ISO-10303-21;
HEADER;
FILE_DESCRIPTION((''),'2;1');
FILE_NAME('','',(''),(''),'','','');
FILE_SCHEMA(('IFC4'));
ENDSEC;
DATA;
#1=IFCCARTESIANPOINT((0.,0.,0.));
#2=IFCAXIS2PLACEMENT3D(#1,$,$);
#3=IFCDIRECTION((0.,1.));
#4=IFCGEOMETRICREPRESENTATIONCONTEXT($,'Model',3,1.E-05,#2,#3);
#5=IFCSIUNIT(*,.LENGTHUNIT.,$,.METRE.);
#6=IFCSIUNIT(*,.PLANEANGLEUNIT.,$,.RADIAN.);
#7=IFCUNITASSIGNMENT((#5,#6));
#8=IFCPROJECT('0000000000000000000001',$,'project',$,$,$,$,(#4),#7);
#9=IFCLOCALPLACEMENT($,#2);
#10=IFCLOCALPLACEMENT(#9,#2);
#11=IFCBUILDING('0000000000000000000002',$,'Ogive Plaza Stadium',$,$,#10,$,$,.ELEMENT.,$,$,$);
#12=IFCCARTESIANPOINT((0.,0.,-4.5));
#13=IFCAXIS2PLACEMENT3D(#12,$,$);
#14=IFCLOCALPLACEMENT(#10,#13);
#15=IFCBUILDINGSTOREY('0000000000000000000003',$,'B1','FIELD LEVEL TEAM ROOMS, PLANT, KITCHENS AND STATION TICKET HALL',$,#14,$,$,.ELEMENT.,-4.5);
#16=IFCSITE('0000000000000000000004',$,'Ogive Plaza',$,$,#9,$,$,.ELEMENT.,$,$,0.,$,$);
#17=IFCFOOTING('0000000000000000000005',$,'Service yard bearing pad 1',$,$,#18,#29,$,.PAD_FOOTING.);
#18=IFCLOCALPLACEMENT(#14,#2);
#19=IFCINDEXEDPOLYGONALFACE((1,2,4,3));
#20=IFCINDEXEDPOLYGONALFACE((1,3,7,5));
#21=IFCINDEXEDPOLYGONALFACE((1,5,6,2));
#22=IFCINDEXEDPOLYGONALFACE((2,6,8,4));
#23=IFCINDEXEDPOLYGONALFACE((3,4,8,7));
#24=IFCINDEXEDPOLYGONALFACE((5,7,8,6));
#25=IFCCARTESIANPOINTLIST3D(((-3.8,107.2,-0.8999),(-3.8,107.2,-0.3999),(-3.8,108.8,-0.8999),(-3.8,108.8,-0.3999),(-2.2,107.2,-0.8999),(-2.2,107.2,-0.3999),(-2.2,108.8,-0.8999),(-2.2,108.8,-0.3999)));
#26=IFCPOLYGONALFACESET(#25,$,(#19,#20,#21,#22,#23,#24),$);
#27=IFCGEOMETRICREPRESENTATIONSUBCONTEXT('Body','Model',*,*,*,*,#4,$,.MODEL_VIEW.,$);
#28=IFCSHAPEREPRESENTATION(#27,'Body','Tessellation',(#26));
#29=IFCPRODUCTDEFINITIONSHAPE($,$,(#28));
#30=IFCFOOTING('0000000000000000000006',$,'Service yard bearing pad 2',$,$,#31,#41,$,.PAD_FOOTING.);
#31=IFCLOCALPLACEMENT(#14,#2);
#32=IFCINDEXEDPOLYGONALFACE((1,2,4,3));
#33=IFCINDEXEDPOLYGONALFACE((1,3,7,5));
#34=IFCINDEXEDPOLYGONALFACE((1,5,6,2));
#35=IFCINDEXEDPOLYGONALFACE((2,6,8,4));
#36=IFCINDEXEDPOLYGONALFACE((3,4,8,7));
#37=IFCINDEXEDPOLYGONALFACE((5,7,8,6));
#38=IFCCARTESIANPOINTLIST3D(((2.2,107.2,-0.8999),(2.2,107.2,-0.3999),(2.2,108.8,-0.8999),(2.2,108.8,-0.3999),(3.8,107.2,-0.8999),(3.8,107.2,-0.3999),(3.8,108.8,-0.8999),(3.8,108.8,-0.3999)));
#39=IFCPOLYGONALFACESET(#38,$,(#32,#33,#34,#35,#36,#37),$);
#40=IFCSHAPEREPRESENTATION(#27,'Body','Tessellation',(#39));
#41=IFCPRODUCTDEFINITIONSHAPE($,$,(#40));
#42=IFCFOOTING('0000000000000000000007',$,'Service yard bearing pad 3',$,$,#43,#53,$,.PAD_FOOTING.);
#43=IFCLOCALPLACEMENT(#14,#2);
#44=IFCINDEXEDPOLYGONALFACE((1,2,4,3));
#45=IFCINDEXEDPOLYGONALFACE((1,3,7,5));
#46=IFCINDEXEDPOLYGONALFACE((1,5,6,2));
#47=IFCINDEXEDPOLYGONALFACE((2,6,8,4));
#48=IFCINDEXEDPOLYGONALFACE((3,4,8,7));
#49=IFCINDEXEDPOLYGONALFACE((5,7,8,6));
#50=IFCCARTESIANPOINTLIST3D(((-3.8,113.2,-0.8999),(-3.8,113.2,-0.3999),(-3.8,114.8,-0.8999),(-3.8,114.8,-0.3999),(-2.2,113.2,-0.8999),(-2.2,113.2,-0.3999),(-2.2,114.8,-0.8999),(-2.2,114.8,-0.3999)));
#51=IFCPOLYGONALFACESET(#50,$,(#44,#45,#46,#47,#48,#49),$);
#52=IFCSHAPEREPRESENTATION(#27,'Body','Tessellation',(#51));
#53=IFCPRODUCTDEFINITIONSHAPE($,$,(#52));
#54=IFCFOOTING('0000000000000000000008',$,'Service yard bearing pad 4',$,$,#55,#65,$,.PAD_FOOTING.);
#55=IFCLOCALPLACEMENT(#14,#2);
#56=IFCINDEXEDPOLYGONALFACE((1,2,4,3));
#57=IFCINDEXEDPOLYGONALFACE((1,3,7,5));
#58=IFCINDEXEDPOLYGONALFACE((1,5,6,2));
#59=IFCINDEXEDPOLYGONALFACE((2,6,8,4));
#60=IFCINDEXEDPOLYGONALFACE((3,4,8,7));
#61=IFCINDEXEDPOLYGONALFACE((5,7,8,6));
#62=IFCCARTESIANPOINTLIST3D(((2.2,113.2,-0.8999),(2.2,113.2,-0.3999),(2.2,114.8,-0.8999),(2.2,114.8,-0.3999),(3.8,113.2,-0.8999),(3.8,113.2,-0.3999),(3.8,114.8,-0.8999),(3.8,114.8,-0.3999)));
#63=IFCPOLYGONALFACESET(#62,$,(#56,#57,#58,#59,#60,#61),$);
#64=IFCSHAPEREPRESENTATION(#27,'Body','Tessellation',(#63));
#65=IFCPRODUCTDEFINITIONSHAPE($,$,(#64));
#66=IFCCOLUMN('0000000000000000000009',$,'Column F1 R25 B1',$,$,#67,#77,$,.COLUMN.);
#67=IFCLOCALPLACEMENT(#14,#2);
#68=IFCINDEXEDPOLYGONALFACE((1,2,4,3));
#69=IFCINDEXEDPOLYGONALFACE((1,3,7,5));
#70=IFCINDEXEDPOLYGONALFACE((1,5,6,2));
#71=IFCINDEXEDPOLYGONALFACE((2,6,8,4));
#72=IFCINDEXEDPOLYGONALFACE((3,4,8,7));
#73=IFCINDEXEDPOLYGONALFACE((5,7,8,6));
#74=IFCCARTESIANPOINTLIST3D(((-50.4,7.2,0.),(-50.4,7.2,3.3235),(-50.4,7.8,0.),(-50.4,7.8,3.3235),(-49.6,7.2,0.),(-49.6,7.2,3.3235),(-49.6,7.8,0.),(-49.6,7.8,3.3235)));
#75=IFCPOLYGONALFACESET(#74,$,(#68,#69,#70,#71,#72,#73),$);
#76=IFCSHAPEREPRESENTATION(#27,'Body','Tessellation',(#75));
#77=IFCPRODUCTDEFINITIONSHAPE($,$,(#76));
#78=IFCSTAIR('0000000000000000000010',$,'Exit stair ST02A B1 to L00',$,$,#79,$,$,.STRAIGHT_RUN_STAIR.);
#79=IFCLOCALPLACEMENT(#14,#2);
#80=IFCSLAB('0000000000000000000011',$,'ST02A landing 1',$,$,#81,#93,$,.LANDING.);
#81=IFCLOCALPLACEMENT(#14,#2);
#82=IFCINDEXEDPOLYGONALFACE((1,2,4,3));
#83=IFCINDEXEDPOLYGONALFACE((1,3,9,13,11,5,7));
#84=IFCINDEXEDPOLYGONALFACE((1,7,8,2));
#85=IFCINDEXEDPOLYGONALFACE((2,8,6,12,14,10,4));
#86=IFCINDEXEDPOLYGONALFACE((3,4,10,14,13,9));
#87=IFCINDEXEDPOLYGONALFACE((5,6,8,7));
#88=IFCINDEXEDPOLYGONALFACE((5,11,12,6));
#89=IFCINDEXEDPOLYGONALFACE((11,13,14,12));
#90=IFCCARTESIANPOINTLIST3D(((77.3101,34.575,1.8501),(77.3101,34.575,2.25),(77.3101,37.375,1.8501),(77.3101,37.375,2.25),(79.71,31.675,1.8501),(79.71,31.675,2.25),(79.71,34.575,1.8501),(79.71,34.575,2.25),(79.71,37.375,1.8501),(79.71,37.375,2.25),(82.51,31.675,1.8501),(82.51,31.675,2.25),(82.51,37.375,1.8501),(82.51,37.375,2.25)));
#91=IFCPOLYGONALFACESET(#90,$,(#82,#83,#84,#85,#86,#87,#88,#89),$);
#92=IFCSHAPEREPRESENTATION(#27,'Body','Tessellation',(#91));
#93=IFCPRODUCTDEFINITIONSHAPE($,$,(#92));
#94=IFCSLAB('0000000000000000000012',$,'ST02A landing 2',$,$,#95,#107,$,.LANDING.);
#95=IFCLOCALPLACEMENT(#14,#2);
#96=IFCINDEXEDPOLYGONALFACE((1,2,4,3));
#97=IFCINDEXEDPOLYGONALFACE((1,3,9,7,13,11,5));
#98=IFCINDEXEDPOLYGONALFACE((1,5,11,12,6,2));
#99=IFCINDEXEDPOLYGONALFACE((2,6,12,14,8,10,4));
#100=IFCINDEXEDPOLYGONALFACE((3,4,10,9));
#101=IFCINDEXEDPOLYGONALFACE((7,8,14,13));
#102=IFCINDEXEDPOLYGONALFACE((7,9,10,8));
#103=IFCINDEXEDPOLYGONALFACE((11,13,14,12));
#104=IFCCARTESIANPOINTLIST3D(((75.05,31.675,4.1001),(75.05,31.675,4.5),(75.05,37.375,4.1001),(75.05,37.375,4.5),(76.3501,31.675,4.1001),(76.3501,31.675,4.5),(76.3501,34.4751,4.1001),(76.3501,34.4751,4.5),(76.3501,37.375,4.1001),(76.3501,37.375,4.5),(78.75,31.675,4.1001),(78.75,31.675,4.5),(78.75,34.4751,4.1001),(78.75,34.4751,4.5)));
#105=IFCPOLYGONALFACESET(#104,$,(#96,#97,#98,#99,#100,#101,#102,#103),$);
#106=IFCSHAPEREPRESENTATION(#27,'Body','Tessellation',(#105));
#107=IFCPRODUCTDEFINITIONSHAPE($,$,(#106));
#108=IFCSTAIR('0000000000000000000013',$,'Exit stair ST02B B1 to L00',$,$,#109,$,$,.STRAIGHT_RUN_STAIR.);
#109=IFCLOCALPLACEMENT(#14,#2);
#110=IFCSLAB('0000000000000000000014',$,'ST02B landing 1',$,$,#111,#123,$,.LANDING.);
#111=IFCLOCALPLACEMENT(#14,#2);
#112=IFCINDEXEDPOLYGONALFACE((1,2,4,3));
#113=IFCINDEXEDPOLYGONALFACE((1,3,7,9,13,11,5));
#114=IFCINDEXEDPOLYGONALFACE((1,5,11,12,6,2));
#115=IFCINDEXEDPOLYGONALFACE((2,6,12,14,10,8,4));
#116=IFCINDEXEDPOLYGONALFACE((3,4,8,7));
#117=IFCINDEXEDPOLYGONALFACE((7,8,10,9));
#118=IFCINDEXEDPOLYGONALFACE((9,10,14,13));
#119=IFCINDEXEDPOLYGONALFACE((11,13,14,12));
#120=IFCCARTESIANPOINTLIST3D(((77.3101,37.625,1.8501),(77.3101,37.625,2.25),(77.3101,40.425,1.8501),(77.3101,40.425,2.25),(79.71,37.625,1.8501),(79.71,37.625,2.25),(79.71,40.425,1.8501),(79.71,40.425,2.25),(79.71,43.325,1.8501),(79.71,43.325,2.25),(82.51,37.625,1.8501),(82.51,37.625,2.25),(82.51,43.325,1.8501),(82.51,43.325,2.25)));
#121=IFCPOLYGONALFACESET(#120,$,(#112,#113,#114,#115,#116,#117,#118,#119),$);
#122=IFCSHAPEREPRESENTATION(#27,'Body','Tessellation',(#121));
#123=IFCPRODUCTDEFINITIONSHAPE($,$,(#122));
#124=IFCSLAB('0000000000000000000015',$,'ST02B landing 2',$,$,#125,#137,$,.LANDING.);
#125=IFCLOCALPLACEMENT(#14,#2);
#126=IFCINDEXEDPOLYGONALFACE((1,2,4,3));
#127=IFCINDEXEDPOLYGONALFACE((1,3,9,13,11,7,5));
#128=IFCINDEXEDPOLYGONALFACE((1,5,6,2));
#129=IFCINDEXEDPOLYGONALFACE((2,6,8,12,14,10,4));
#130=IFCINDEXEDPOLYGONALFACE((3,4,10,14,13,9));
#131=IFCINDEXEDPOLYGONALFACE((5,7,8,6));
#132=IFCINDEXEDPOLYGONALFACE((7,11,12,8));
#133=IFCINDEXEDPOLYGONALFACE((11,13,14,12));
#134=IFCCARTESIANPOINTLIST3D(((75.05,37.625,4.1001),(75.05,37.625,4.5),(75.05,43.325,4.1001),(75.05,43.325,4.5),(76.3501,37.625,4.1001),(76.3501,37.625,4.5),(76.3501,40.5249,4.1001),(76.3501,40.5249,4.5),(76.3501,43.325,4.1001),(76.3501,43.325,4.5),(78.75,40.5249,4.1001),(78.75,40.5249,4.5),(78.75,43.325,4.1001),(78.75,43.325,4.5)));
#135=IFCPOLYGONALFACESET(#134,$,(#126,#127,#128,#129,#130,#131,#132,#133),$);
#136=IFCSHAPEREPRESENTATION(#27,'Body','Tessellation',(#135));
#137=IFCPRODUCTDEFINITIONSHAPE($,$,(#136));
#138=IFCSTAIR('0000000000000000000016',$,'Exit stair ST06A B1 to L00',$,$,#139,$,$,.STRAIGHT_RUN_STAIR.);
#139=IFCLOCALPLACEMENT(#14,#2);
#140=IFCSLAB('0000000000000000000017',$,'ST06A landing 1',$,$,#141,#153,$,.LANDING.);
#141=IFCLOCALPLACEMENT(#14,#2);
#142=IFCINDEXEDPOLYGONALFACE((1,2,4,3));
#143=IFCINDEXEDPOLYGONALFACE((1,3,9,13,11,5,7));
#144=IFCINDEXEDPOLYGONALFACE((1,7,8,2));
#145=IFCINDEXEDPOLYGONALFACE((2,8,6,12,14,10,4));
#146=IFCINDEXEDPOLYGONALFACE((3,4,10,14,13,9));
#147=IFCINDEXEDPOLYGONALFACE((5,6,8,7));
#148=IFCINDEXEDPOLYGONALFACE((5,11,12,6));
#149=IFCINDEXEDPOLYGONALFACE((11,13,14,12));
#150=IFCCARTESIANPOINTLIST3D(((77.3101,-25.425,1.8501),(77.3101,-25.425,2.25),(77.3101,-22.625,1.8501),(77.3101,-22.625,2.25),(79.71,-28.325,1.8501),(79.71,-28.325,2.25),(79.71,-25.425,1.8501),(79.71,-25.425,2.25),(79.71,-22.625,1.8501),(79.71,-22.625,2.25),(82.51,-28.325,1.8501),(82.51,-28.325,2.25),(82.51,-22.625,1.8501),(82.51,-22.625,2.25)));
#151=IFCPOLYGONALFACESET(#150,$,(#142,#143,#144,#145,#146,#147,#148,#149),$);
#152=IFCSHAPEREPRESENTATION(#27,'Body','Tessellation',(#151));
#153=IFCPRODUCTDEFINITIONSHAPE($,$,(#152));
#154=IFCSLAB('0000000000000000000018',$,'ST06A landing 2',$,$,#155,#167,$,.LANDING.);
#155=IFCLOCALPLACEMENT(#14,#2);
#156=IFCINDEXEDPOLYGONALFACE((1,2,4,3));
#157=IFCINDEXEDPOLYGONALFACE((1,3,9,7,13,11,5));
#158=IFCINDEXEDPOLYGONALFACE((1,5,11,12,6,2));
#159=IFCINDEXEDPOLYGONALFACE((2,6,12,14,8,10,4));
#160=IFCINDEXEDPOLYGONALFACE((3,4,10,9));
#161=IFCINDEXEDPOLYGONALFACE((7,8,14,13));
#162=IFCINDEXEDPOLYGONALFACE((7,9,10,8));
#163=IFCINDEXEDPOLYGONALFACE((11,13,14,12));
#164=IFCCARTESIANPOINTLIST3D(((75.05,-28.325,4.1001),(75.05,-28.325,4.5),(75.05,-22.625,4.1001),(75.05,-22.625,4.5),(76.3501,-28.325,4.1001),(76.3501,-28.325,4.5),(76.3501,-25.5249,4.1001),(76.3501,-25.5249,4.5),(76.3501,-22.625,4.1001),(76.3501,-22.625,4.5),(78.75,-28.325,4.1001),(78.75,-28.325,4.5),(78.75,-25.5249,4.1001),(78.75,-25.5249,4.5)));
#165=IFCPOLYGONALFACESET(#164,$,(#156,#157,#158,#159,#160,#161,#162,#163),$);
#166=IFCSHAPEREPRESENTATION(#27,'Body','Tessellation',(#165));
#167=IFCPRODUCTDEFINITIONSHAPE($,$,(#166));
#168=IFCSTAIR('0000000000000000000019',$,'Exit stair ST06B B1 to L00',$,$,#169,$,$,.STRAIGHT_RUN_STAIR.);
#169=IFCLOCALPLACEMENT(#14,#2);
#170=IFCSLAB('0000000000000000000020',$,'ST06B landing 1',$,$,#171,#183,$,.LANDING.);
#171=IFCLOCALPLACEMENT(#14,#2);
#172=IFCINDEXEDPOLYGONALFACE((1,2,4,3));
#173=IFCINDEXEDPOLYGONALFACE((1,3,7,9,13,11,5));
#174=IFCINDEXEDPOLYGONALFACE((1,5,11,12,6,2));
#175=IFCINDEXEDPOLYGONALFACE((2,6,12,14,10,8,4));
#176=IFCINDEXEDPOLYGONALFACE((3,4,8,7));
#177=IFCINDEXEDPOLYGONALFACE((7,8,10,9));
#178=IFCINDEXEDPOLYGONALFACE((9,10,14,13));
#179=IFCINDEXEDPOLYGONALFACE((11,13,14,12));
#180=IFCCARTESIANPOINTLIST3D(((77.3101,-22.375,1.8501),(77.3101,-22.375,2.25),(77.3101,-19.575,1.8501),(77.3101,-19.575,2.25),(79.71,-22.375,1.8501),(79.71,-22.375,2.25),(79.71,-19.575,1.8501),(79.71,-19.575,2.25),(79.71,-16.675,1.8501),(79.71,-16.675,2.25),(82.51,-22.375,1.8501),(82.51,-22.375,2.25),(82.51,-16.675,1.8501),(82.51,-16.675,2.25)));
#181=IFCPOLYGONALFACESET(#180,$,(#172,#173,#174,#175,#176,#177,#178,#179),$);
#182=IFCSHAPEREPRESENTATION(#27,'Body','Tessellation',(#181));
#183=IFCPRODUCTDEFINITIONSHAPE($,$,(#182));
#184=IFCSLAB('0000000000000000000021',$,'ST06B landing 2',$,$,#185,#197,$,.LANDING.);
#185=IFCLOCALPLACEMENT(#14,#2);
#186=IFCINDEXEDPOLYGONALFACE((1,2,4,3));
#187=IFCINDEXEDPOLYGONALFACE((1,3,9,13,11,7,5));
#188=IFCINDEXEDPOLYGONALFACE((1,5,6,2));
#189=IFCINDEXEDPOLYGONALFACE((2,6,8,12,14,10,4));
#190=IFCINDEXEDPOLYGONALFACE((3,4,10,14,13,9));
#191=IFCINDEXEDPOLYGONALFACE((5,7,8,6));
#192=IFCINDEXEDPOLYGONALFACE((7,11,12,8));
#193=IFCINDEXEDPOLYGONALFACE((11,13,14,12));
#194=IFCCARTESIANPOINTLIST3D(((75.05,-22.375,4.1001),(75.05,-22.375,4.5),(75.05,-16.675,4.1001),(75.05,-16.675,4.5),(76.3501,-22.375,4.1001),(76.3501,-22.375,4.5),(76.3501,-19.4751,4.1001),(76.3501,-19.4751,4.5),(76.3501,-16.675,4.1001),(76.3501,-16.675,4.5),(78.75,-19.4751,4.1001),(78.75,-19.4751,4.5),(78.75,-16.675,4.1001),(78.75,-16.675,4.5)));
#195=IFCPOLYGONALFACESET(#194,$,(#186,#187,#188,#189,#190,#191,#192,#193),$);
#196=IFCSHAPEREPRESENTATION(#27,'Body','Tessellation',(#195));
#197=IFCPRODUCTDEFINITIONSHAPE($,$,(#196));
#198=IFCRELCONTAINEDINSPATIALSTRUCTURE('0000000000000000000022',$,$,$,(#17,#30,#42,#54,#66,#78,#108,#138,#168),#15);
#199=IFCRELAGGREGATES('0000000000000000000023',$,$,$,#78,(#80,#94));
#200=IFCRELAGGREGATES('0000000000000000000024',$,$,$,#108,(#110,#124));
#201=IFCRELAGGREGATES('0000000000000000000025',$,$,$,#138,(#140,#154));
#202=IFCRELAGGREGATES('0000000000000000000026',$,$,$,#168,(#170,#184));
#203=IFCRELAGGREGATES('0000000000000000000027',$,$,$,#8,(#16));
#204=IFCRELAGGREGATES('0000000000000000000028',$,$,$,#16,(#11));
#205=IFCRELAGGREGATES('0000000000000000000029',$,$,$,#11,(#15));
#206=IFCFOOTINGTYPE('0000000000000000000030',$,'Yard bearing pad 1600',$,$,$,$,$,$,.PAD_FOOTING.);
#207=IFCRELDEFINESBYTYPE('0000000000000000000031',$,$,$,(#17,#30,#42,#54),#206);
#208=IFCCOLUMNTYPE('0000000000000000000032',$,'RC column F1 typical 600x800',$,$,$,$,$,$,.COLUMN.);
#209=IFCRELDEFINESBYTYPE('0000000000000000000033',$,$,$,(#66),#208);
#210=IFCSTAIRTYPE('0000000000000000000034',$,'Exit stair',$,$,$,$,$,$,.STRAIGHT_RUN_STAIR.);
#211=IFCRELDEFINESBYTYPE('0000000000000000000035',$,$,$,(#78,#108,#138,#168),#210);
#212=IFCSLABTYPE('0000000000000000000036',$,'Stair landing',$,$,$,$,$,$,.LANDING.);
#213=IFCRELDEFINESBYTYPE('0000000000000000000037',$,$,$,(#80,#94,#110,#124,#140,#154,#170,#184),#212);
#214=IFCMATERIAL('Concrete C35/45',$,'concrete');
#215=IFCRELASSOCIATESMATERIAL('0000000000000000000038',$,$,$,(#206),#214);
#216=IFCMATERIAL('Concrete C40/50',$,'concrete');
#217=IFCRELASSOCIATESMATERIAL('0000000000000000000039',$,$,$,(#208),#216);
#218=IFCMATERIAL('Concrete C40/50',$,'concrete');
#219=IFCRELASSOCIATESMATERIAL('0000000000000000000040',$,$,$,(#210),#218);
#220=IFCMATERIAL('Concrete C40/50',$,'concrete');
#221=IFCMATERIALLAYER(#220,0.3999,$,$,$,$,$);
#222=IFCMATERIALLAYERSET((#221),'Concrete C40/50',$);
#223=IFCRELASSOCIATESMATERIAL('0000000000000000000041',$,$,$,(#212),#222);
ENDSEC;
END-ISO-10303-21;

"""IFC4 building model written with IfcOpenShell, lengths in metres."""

from ifc_helpers import new_model, si_unit, direction, frame, origin, origin_2d, place, context, subcontext, project, spatial, polyline, rectangle, outline, extrude, material, layer, layer_set, material_profile, profile_set, type_object, element, aggregate, save


model = new_model("IFC4")

# Units and contexts
model_context = context("Model", 3, precision=1e-05, world=origin(), true_north=direction((0.0, 1.0)))
body_context = subcontext(model_context, "Body", "Model", "MODEL_VIEW")
ifc_project = project(units=[si_unit("LENGTHUNIT", "METRE"), si_unit("PLANEANGLEUNIT", "RADIAN")], contexts=[model_context])

# Site, building, storey
site_placement = place(None, origin())
site = spatial("IfcSite", under=ifc_project, at=site_placement, Name="Ogive Plaza", CompositionType="ELEMENT", RefElevation=0.0)
building_placement = place(site_placement, origin())
building = spatial("IfcBuilding", under=site, at=building_placement, Name="Ogive Plaza Stadium", CompositionType="ELEMENT")
storey_placement = place(building_placement, frame((0.0, 0.0, -4.5)))
storey = spatial("IfcBuildingStorey", under=building, at=storey_placement, Name="B1", Description="FIELD LEVEL TEAM ROOMS, PLANT, KITCHENS AND STATION TICKET HALL", CompositionType="ELEMENT", Elevation=-4.5)

# Footings
ifc_material_1 = material(Name="Concrete C35/45", Category="concrete")
footing_type_1 = type_object("IfcFootingType", Name="Yard bearing pad 1600", PredefinedType="PAD_FOOTING", material=ifc_material_1)
footing_1_placement = place(storey_placement, frame((0.0, 0.0, -0.8999)))
element("IfcFooting", 1, at=footing_1_placement, inside=storey, type_object=footing_type_1, Name="Service yard bearing pad 1", PredefinedType="PAD_FOOTING", context=body_context, shape_type="SweptSolid", body=[
    extrude(outline(polyline([(-3.8, 107.2), (-2.2, 107.2), (-2.2, 108.8), (-3.8, 108.8), (-3.8, 107.2)])), origin(), (0.0, 0.0, 1.0), 0.5),
])
footing_2_placement = place(storey_placement, frame((0.0, 0.0, -0.8999)))
element("IfcFooting", 2, at=footing_2_placement, inside=storey, type_object=footing_type_1, Name="Service yard bearing pad 2", PredefinedType="PAD_FOOTING", context=body_context, shape_type="SweptSolid", body=[
    extrude(outline(polyline([(2.2, 107.2), (3.8, 107.2), (3.8, 108.8), (2.2, 108.8), (2.2, 107.2)])), origin(), (0.0, 0.0, 1.0), 0.5),
])
footing_3_placement = place(storey_placement, frame((0.0, 0.0, -0.8999)))
element("IfcFooting", 3, at=footing_3_placement, inside=storey, type_object=footing_type_1, Name="Service yard bearing pad 3", PredefinedType="PAD_FOOTING", context=body_context, shape_type="SweptSolid", body=[
    extrude(outline(polyline([(-3.8, 113.2), (-2.2, 113.2), (-2.2, 114.8), (-3.8, 114.8), (-3.8, 113.2)])), origin(), (0.0, 0.0, 1.0), 0.5),
])
footing_4_placement = place(storey_placement, frame((0.0, 0.0, -0.8999)))
element("IfcFooting", 4, at=footing_4_placement, inside=storey, type_object=footing_type_1, Name="Service yard bearing pad 4", PredefinedType="PAD_FOOTING", context=body_context, shape_type="SweptSolid", body=[
    extrude(outline(polyline([(2.2, 113.2), (3.8, 113.2), (3.8, 114.8), (2.2, 114.8), (2.2, 113.2)])), origin(), (0.0, 0.0, 1.0), 0.5),
])

# Column
ifc_material_2 = material(Name="Concrete C40/50", Category="concrete")
ifc_material_profile_1 = material_profile(ifc_material_2, rectangle(XDim=0.6001, YDim=0.8, at=origin_2d()), Name="RC 600x800")
ifc_profile_set_1 = profile_set([ifc_material_profile_1], Name="Concrete C40/50")
column_type = type_object("IfcColumnType", Name="RC column F1 typical 600x800", PredefinedType="COLUMN", material=ifc_profile_set_1)
column_placement = place(storey_placement, frame((-50.0, 7.5, 0.0), z_axis=(0.0, 0.0, 1.0), x_axis=(0.0, -1.0, 0.0)))
element("IfcColumn", 5, at=column_placement, inside=storey, type_object=column_type, Name="Column F1 R25 B1", PredefinedType="COLUMN", context=body_context, shape_type="SweptSolid", body=[
    extrude(rectangle(XDim=0.6001, YDim=0.8, at=origin_2d()), origin(), (0.0, 0.0, 1.0), 3.3235),
])

# Stairs, slabs
ifc_material_3 = material(Name="Concrete C40/50", Category="concrete")
stair_type = type_object("IfcStairType", Name="Exit stair", PredefinedType="STRAIGHT_RUN_STAIR", material=ifc_material_3)
stair_1_placement = place(storey_placement, origin())
stair_1 = element("IfcStair", 6, at=stair_1_placement, inside=storey, type_object=stair_type, Name="Exit stair ST02A B1 to L00", PredefinedType="STRAIGHT_RUN_STAIR")
ifc_material_4 = material(Name="Concrete C40/50", Category="concrete")
ifc_layer_1 = layer(ifc_material_4, 0.3999)
ifc_layer_set_1 = layer_set([ifc_layer_1], Name="Concrete C40/50")
slab_type_1 = type_object("IfcSlabType", Name="Stair landing", PredefinedType="LANDING", material=ifc_layer_set_1)
slab_1_placement = place(storey_placement, frame((0.0, 0.0, 1.8501)))
slab_1 = element("IfcSlab", 7, at=slab_1_placement, type_object=slab_type_1, Name="ST02A landing 1", PredefinedType="LANDING", context=body_context, shape_type="SweptSolid", body=[
    extrude(outline(polyline([(82.51, 37.375), (82.51, 31.675), (79.71, 31.675), (79.71, 34.575), (77.3101, 34.575), (77.3101, 37.375), (79.71, 37.375), (82.51, 37.375)])), origin(), (0.0, 0.0, 1.0), 0.3999),
])
slab_2_placement = place(storey_placement, frame((0.0, 0.0, 4.1001)))
slab_2 = element("IfcSlab", 8, at=slab_2_placement, type_object=slab_type_1, Name="ST02A landing 2", PredefinedType="LANDING", context=body_context, shape_type="SweptSolid", body=[
    extrude(outline(polyline([(78.75, 34.4751), (78.75, 31.675), (76.3501, 31.675), (75.05, 31.675), (75.05, 37.375), (76.3501, 37.375), (76.3501, 34.4751), (78.75, 34.4751)])), origin(), (0.0, 0.0, 1.0), 0.3999),
])
aggregate(stair_1, [slab_1, slab_2])
stair_2_placement = place(storey_placement, origin())
stair_2 = element("IfcStair", 9, at=stair_2_placement, inside=storey, type_object=stair_type, Name="Exit stair ST02B B1 to L00", PredefinedType="STRAIGHT_RUN_STAIR")
slab_3_placement = place(storey_placement, frame((0.0, 0.0, 1.8501)))
slab_3 = element("IfcSlab", 10, at=slab_3_placement, type_object=slab_type_1, Name="ST02B landing 1", PredefinedType="LANDING", context=body_context, shape_type="SweptSolid", body=[
    extrude(outline(polyline([(77.3101, 37.625), (77.3101, 40.425), (79.71, 40.425), (79.71, 43.325), (82.51, 43.325), (82.51, 37.625), (79.71, 37.625), (77.3101, 37.625)])), origin(), (0.0, 0.0, 1.0), 0.3999),
])
slab_4_placement = place(storey_placement, frame((0.0, 0.0, 4.1001)))
slab_4 = element("IfcSlab", 11, at=slab_4_placement, type_object=slab_type_1, Name="ST02B landing 2", PredefinedType="LANDING", context=body_context, shape_type="SweptSolid", body=[
    extrude(outline(polyline([(76.3501, 37.625), (75.05, 37.625), (75.05, 43.325), (76.3501, 43.325), (78.75, 43.325), (78.75, 40.5249), (76.3501, 40.5249), (76.3501, 37.625)])), origin(), (0.0, 0.0, 1.0), 0.3999),
])
aggregate(stair_2, [slab_3, slab_4])
stair_3_placement = place(storey_placement, origin())
stair_3 = element("IfcStair", 12, at=stair_3_placement, inside=storey, type_object=stair_type, Name="Exit stair ST06A B1 to L00", PredefinedType="STRAIGHT_RUN_STAIR")
slab_5_placement = place(storey_placement, frame((0.0, 0.0, 1.8501)))
slab_5 = element("IfcSlab", 13, at=slab_5_placement, type_object=slab_type_1, Name="ST06A landing 1", PredefinedType="LANDING", context=body_context, shape_type="SweptSolid", body=[
    extrude(outline(polyline([(82.51, -22.625), (82.51, -28.325), (79.71, -28.325), (79.71, -25.425), (77.3101, -25.425), (77.3101, -22.625), (79.71, -22.625), (82.51, -22.625)])), origin(), (0.0, 0.0, 1.0), 0.3999),
])
slab_6_placement = place(storey_placement, frame((0.0, 0.0, 4.1001)))
slab_6 = element("IfcSlab", 14, at=slab_6_placement, type_object=slab_type_1, Name="ST06A landing 2", PredefinedType="LANDING", context=body_context, shape_type="SweptSolid", body=[
    extrude(outline(polyline([(78.75, -25.5249), (78.75, -28.325), (76.3501, -28.325), (75.05, -28.325), (75.05, -22.625), (76.3501, -22.625), (76.3501, -25.5249), (78.75, -25.5249)])), origin(), (0.0, 0.0, 1.0), 0.3999),
])
aggregate(stair_3, [slab_5, slab_6])
stair_4_placement = place(storey_placement, origin())
stair_4 = element("IfcStair", 15, at=stair_4_placement, inside=storey, type_object=stair_type, Name="Exit stair ST06B B1 to L00", PredefinedType="STRAIGHT_RUN_STAIR")
slab_7_placement = place(storey_placement, frame((0.0, 0.0, 1.8501)))
slab_7 = element("IfcSlab", 16, at=slab_7_placement, type_object=slab_type_1, Name="ST06B landing 1", PredefinedType="LANDING", context=body_context, shape_type="SweptSolid", body=[
    extrude(outline(polyline([(77.3101, -22.375), (77.3101, -19.575), (79.71, -19.575), (79.71, -16.675), (82.51, -16.675), (82.51, -22.375), (79.71, -22.375), (77.3101, -22.375)])), origin(), (0.0, 0.0, 1.0), 0.3999),
])
slab_8_placement = place(storey_placement, frame((0.0, 0.0, 4.1001)))
slab_8 = element("IfcSlab", 17, at=slab_8_placement, type_object=slab_type_1, Name="ST06B landing 2", PredefinedType="LANDING", context=body_context, shape_type="SweptSolid", body=[
    extrude(outline(polyline([(76.3501, -22.375), (75.05, -22.375), (75.05, -16.675), (76.3501, -16.675), (78.75, -16.675), (78.75, -19.4751), (76.3501, -19.4751), (76.3501, -22.375)])), origin(), (0.0, 0.0, 1.0), 0.3999),
])
aggregate(stair_4, [slab_7, slab_8])

save(model, "model.ifc")
